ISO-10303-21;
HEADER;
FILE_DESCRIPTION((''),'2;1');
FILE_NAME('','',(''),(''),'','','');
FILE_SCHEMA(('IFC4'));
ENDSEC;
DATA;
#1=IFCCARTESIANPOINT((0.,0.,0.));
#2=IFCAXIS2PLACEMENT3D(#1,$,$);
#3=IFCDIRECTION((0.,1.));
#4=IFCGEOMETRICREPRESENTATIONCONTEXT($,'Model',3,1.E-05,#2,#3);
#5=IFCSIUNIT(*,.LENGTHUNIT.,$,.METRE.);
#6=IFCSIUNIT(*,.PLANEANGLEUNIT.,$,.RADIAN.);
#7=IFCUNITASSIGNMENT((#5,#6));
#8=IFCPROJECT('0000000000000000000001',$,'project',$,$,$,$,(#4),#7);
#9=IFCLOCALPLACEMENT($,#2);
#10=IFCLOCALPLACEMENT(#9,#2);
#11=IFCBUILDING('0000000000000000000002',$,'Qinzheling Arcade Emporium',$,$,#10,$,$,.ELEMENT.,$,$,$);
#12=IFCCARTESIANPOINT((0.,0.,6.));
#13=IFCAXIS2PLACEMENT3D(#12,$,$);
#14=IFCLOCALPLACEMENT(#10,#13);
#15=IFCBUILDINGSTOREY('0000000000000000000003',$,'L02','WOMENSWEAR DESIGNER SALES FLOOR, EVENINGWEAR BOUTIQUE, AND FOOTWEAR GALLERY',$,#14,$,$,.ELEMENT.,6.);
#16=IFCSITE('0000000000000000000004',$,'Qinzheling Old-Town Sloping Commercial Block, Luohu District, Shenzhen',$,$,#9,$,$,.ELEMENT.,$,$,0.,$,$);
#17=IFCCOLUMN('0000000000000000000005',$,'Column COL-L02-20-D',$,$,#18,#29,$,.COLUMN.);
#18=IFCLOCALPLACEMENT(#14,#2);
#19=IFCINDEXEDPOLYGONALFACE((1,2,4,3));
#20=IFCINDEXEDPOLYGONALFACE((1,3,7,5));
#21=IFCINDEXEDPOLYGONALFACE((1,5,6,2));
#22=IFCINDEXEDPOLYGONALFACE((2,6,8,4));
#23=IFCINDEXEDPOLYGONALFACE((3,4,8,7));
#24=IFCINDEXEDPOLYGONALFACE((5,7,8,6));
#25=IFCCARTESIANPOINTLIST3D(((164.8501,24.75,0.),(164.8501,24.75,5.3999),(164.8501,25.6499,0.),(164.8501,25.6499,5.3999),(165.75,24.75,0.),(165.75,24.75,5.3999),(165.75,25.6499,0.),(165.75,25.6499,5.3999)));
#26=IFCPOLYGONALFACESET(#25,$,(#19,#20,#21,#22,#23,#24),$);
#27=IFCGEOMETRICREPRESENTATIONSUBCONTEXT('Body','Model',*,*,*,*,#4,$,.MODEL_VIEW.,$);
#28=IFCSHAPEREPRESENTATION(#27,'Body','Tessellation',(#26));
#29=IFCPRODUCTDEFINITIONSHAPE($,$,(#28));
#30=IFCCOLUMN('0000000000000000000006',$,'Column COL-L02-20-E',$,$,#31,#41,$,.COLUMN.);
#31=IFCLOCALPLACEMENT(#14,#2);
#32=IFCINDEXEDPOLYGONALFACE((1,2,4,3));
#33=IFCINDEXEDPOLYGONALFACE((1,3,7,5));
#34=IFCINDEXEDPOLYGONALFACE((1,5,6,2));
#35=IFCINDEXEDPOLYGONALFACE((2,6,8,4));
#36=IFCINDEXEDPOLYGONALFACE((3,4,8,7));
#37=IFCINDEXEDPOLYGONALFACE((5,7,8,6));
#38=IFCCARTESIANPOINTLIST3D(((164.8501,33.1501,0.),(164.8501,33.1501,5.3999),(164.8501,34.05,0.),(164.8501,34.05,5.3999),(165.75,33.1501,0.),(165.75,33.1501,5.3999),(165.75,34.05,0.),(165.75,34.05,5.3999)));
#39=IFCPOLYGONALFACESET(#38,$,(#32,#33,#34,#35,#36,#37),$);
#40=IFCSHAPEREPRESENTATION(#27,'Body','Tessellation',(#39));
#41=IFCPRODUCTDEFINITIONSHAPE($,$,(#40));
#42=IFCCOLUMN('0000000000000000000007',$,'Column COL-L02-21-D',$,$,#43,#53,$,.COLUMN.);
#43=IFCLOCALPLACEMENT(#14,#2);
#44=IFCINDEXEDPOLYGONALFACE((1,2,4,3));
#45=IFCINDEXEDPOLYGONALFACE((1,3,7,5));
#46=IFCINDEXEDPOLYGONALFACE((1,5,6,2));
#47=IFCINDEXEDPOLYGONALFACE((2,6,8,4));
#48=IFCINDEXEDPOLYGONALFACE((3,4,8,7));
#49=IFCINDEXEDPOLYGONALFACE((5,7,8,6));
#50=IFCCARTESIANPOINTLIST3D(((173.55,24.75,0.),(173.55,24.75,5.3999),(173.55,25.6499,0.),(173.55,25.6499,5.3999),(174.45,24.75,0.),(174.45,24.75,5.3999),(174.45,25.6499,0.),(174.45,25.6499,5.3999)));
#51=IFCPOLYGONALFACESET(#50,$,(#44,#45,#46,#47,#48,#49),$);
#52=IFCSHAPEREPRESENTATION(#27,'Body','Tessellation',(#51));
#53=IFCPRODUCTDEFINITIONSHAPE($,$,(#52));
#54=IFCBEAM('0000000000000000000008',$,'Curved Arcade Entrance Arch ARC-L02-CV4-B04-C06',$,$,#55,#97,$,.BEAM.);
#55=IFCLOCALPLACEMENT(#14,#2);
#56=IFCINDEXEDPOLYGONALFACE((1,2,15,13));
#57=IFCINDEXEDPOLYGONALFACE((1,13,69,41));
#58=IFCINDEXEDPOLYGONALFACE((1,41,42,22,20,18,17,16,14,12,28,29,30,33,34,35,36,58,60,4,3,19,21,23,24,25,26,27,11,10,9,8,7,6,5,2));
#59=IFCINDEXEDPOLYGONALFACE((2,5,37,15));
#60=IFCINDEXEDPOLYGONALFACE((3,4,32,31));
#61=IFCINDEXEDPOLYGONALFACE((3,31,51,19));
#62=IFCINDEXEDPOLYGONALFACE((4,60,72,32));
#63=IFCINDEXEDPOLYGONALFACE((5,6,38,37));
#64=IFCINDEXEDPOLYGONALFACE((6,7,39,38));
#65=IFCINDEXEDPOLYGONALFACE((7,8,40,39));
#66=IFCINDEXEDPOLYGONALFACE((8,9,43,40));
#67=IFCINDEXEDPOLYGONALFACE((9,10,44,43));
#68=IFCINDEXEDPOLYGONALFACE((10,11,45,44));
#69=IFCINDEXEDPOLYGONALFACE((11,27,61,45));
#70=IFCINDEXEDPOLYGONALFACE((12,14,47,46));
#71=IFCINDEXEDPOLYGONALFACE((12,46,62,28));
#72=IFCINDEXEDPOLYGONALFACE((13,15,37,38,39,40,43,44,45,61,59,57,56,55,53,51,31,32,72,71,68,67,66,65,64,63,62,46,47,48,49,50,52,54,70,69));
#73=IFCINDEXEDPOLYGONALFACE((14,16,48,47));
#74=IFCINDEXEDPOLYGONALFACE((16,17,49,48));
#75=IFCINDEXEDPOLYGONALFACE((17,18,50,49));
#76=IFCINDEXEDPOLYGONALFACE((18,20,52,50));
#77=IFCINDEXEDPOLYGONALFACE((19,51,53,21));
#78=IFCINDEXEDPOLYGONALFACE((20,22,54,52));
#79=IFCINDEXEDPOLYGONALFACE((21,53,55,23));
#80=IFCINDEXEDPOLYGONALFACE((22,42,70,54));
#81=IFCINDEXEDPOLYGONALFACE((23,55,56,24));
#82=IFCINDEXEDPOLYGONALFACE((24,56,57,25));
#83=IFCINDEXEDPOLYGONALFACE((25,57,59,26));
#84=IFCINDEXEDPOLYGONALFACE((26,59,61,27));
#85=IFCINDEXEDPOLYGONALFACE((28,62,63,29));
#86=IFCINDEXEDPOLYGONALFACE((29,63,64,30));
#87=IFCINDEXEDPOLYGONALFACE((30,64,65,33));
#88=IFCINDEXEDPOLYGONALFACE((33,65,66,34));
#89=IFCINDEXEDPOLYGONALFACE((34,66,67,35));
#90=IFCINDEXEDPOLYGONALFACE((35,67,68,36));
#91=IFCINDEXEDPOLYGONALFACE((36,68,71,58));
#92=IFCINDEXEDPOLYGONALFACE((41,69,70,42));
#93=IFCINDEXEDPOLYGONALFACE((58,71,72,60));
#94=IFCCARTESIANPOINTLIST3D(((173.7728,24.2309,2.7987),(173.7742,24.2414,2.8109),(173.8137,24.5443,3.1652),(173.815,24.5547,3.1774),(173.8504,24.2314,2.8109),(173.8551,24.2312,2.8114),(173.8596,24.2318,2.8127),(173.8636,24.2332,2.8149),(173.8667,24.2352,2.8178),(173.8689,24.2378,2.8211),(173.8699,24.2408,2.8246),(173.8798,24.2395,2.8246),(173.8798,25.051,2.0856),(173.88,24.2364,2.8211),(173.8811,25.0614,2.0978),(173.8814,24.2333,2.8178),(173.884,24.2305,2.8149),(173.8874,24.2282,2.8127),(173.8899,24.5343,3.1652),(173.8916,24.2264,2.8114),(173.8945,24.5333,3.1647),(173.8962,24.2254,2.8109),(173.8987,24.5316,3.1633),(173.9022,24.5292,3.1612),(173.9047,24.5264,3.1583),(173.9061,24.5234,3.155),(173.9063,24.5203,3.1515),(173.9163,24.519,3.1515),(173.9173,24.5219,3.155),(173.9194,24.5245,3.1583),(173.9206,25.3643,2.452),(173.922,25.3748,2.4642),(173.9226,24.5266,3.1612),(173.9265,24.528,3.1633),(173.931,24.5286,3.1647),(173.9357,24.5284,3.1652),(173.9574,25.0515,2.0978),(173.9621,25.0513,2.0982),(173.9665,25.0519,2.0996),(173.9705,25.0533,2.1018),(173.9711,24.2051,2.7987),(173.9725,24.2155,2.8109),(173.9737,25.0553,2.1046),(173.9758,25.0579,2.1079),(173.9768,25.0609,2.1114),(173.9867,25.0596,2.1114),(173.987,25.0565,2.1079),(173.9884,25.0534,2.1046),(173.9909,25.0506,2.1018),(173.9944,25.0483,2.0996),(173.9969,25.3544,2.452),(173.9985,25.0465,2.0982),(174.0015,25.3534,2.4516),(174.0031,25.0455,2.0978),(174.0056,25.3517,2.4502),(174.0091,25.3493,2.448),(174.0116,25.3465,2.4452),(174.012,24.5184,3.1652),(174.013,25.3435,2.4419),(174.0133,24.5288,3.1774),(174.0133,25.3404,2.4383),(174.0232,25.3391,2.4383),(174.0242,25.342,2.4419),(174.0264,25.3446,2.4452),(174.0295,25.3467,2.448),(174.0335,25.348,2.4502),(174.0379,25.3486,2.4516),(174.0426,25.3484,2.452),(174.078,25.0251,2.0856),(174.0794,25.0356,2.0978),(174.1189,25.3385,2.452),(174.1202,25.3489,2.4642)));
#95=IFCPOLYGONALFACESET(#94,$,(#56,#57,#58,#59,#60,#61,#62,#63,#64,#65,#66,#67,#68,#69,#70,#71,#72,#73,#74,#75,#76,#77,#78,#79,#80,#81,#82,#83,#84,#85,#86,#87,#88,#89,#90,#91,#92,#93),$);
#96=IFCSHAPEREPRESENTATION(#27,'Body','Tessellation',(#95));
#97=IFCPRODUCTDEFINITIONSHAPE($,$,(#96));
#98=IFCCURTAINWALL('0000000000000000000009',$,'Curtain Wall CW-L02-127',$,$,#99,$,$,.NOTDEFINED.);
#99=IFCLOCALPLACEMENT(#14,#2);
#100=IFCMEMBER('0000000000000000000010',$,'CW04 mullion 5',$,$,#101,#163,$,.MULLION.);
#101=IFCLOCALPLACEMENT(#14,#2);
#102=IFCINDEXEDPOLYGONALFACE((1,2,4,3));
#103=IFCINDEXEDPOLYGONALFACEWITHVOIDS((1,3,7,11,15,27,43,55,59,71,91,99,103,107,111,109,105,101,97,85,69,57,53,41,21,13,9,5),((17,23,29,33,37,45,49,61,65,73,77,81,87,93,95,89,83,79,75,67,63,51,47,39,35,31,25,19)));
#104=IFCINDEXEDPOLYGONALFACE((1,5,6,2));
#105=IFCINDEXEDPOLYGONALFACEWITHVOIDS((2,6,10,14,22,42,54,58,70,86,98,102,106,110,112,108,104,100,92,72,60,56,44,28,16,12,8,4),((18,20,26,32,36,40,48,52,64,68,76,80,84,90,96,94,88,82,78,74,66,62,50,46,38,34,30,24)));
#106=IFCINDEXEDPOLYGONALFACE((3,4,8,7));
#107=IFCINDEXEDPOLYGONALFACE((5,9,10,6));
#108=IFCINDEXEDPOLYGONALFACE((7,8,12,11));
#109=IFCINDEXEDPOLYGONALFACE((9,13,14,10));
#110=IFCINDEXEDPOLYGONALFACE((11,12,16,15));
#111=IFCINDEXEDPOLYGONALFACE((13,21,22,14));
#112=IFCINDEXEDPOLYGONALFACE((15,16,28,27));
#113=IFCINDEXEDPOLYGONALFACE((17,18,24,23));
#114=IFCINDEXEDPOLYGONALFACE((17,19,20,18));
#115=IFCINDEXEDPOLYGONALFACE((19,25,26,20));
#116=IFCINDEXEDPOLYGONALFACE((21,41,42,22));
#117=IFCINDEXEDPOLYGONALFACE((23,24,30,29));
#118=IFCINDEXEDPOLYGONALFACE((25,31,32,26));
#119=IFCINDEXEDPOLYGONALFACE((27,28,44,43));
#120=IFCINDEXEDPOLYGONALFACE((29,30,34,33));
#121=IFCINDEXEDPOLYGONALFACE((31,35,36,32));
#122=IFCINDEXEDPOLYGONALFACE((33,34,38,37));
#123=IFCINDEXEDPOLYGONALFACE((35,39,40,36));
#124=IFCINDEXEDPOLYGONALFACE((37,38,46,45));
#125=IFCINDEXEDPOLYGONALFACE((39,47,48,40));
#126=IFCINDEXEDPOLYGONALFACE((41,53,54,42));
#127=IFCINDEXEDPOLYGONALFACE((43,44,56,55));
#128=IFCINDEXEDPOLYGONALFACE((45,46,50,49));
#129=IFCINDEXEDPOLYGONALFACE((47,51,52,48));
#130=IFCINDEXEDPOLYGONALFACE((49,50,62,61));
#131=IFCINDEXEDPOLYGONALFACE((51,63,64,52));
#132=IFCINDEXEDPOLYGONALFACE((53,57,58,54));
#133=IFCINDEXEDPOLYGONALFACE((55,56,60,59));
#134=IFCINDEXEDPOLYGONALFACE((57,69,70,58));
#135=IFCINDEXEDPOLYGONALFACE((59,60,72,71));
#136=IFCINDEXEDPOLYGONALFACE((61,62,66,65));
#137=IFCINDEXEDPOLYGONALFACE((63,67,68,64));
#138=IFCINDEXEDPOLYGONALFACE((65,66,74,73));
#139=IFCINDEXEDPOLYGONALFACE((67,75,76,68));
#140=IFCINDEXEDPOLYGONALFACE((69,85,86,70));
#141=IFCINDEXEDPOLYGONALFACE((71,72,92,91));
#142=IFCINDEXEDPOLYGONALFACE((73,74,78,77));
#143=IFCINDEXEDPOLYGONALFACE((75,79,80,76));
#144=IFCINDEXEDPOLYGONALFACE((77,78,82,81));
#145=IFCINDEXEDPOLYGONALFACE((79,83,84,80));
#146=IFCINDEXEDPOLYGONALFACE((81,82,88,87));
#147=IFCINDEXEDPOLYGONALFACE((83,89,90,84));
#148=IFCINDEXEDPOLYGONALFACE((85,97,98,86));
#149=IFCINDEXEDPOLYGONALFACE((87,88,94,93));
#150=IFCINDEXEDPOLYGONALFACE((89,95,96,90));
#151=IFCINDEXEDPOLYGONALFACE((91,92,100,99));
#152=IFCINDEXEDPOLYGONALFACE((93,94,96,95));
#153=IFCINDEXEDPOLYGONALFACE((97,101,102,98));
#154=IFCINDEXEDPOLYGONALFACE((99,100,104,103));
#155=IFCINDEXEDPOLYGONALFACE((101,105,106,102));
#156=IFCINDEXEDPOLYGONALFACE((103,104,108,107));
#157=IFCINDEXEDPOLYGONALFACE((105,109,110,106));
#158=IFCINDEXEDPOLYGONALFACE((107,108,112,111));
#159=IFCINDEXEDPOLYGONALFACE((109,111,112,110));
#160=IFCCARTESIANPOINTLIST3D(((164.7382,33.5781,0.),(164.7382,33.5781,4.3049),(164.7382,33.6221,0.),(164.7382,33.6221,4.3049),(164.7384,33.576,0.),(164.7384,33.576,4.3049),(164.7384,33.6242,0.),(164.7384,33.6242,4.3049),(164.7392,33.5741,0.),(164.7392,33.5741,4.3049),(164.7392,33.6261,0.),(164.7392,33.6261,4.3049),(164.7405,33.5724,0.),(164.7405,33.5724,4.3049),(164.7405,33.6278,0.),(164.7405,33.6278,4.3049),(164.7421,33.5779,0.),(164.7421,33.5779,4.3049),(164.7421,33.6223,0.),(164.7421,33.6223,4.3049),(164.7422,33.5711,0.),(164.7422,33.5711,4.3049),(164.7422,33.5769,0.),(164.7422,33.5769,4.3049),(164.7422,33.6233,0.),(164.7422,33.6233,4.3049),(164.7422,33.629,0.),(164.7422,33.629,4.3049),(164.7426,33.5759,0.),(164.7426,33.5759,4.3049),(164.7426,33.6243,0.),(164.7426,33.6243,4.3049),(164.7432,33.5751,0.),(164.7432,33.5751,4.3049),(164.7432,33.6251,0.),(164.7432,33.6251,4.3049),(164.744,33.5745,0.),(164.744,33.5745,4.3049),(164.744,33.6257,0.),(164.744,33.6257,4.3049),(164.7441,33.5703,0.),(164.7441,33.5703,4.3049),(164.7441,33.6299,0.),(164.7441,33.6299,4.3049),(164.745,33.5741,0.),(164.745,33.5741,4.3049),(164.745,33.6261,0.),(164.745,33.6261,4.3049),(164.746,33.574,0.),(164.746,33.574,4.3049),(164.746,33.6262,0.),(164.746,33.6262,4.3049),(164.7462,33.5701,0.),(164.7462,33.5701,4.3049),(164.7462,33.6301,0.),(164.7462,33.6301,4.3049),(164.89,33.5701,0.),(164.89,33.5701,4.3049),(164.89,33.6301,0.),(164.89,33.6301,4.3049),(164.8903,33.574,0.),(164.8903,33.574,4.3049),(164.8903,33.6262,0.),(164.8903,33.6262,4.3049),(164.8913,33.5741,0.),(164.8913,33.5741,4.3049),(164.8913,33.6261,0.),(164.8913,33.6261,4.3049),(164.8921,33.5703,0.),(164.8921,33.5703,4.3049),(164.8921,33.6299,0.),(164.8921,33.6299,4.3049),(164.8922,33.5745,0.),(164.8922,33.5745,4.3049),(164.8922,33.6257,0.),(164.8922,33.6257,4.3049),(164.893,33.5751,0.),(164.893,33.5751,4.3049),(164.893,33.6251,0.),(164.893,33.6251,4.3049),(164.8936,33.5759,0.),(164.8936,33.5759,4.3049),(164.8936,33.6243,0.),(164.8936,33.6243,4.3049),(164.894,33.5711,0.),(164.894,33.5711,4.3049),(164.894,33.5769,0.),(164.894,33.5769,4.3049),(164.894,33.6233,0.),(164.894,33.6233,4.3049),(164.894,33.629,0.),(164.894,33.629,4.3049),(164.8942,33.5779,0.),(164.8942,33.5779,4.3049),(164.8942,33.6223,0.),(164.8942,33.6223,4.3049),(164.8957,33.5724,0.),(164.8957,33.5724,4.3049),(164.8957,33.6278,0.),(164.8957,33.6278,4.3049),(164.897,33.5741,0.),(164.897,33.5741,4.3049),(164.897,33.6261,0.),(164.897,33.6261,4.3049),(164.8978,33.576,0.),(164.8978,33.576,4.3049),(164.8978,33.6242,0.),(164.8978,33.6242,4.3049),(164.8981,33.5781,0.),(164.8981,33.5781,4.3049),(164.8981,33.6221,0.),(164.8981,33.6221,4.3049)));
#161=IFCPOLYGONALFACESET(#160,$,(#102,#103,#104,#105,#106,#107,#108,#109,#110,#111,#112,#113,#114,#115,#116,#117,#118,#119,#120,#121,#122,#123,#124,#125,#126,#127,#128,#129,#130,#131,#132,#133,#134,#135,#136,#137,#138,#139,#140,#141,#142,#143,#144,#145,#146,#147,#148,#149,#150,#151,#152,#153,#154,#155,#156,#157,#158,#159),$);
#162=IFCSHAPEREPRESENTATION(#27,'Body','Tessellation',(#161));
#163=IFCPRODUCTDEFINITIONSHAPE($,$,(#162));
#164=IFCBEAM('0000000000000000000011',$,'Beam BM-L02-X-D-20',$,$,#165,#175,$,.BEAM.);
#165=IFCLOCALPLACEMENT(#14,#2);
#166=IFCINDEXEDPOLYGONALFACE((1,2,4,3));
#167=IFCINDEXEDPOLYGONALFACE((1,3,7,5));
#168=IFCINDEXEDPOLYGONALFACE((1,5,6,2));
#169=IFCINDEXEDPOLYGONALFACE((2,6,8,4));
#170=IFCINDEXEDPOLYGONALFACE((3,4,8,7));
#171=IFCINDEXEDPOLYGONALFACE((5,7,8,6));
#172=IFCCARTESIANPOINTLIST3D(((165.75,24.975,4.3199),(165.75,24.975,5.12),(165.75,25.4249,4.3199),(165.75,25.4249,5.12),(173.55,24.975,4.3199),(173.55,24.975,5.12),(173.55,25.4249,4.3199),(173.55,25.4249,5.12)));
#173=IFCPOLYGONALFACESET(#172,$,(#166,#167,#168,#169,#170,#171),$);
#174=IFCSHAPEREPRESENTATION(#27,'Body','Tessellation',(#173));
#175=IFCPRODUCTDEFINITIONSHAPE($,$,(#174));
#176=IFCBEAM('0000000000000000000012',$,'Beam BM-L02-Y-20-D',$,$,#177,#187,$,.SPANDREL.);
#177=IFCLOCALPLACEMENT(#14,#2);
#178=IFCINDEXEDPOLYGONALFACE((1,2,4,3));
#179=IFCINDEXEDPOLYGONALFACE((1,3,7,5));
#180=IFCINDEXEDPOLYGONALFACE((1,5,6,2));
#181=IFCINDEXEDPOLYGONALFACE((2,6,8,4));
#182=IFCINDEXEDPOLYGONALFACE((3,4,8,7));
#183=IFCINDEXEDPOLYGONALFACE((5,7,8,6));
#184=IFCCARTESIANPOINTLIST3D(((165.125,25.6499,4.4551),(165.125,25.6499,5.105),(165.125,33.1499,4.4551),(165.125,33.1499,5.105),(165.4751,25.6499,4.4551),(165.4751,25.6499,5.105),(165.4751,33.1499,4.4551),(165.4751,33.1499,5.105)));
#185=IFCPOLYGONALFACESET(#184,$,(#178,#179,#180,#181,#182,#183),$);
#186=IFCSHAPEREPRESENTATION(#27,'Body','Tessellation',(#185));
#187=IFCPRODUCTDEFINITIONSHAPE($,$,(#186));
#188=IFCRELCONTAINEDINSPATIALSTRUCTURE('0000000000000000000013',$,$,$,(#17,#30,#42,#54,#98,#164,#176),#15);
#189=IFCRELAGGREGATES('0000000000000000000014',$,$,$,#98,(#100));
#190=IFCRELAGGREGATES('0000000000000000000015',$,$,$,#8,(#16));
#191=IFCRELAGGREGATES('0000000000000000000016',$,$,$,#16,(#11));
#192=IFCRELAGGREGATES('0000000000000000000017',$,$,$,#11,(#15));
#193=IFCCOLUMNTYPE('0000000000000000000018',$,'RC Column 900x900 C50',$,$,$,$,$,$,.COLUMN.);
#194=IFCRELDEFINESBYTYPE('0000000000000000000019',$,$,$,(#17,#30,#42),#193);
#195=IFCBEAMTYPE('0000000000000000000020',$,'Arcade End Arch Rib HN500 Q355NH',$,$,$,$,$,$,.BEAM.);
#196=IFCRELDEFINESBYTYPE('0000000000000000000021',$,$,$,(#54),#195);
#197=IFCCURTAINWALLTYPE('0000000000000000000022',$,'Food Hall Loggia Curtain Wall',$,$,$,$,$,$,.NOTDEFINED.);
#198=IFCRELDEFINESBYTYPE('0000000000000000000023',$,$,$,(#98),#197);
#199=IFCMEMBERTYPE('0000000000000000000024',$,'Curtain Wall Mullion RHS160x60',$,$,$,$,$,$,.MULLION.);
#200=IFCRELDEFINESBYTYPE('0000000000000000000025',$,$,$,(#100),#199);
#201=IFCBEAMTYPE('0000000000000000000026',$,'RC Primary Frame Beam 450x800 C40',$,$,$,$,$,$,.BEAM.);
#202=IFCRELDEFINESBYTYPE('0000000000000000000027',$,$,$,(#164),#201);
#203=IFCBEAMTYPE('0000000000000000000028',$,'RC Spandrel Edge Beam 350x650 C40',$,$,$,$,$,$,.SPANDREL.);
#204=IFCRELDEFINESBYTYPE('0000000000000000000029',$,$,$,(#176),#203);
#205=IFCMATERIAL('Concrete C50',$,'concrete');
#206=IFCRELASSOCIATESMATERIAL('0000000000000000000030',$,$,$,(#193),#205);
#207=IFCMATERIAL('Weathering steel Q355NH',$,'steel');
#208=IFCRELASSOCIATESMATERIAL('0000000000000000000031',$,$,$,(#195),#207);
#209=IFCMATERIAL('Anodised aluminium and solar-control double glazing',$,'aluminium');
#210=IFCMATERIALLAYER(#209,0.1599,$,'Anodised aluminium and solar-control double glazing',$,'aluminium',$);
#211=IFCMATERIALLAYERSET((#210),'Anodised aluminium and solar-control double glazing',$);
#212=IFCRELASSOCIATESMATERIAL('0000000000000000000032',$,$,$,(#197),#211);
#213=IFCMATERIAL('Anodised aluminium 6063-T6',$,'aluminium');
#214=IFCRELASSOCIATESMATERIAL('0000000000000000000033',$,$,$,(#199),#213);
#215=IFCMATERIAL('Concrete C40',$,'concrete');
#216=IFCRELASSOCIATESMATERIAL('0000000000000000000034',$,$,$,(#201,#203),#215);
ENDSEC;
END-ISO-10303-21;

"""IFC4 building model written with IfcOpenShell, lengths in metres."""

from ifc_helpers import new_model, si_unit, direction, frame, origin, origin_2d, place, context, subcontext, project, spatial, rectangle, hollow_rectangle, i_section, extrude, material, layer, layer_set, material_profile, profile_set, type_object, element, aggregate, save


model = new_model("IFC4")

# Units and contexts
model_context = context("Model", 3, precision=1e-05, world=origin(), true_north=direction((0.0, 1.0)))
body_context = subcontext(model_context, "Body", "Model", "MODEL_VIEW")
ifc_project = project(units=[si_unit("LENGTHUNIT", "METRE"), si_unit("PLANEANGLEUNIT", "RADIAN")], contexts=[model_context])

# Site, building, storey
site_placement = place(None, origin())
site = spatial("IfcSite", under=ifc_project, at=site_placement, Name="Qinzheling Old-Town Sloping Commercial Block, Luohu District, Shenzhen", CompositionType="ELEMENT", RefElevation=0.0)
building_placement = place(site_placement, origin())
building = spatial("IfcBuilding", under=site, at=building_placement, Name="Qinzheling Arcade Emporium", CompositionType="ELEMENT")
storey_placement = place(building_placement, frame((0.0, 0.0, 6.0)))
storey = spatial("IfcBuildingStorey", under=building, at=storey_placement, Name="L02", Description="WOMENSWEAR DESIGNER SALES FLOOR, EVENINGWEAR BOUTIQUE, AND FOOTWEAR GALLERY", CompositionType="ELEMENT", Elevation=6.0)

# Columns
ifc_material_1 = material(Name="Concrete C50", Category="concrete")
ifc_material_profile_1 = material_profile(ifc_material_1, rectangle(XDim=0.8999, YDim=0.8999, at=origin_2d()), Name="RC 900x900", Category="concrete")
ifc_profile_set_1 = profile_set([ifc_material_profile_1], Name="Concrete C50")
column_type = type_object("IfcColumnType", Name="RC Column 900x900 C50", PredefinedType="COLUMN", material=ifc_profile_set_1)
for number, where, z_axis, x_axis, name in (
    (1, (165.3, 25.2, 0.0), (0.0, 0.0, 1.0), (1.0, 0.0, 0.0), "Column COL-L02-20-D"),
    (2, (165.3, 33.6001, 0.0), (0.0, 0.0, 1.0), (1.0, 0.0, 0.0), "Column COL-L02-20-E"),
    (3, (174.0, 25.2, 0.0), (0.0, 0.0, 1.0), (1.0, 0.0, 0.0), "Column COL-L02-21-D"),
):
    element("IfcColumn", number, at=place(storey_placement, frame(where, z_axis=z_axis, x_axis=x_axis)), inside=storey, type_object=column_type, Name=name, PredefinedType="COLUMN", context=body_context, shape_type="SweptSolid", body=[
        extrude(rectangle(XDim=0.8999, YDim=0.8999, at=origin_2d()), origin(), (0.0, 0.0, 1.0), 5.3999),
    ])

# Beam
ifc_material_2 = material(Name="Weathering steel Q355NH", Category="steel")
ifc_material_profile_2 = material_profile(ifc_material_2, i_section(OverallWidth=0.2, OverallDepth=0.5, WebThickness=0.01, FlangeThickness=0.0161, FilletRadius=0.0181, at=origin_2d()), Name="HN 500x200x10x16", Category="steel")
ifc_profile_set_2 = profile_set([ifc_material_profile_2], Name="Weathering steel Q355NH")
beam_type_1 = type_object("IfcBeamType", Name="Arcade End Arch Rib HN500 Q355NH", PredefinedType="BEAM", material=ifc_profile_set_2)
beam_1_placement = place(storey_placement, frame((173.8931, 24.3799, 2.988), z_axis=(0.097923, 0.750964, -0.653042), x_axis=(-0.991605, 0.129301, 0.0)))
element("IfcBeam", 4, at=beam_1_placement, inside=storey, type_object=beam_type_1, Name="Curved Arcade Entrance Arch ARC-L02-CV4-B04-C06", PredefinedType="BEAM", context=body_context, shape_type="SweptSolid", body=[
    extrude(i_section(OverallWidth=0.2, OverallDepth=0.5, WebThickness=0.01, FlangeThickness=0.0161, FilletRadius=0.0181, at=origin_2d()), origin(), (0.0, 0.0, 1.0), 1.092),
])

# Curtain wall, member
ifc_material_3 = material(Name="Anodised aluminium and solar-control double glazing", Category="aluminium")
ifc_layer_1 = layer(ifc_material_3, 0.1599, Name="Anodised aluminium and solar-control double glazing", Category="aluminium")
ifc_layer_set_1 = layer_set([ifc_layer_1], Name="Anodised aluminium and solar-control double glazing")
curtain_wall_type = type_object("IfcCurtainWallType", Name="Food Hall Loggia Curtain Wall", PredefinedType="NOTDEFINED", material=ifc_layer_set_1)
curtain_wall_placement = place(storey_placement, origin())
curtain_wall = element("IfcCurtainWall", 5, at=curtain_wall_placement, inside=storey, type_object=curtain_wall_type, Name="Curtain Wall CW-L02-127", PredefinedType="NOTDEFINED")
ifc_material_4 = material(Name="Anodised aluminium 6063-T6", Category="aluminium")
ifc_material_profile_3 = material_profile(ifc_material_4, hollow_rectangle(XDim=0.0601, YDim=0.1599, WallThickness=0.0039, InnerFilletRadius=0.0039, OuterFilletRadius=0.0081, at=origin_2d()), Name="RHS 160x60x4", Category="aluminium")
ifc_profile_set_3 = profile_set([ifc_material_profile_3], Name="Anodised aluminium 6063-T6")
member_type = type_object("IfcMemberType", Name="Curtain Wall Mullion RHS160x60", PredefinedType="MULLION", material=ifc_profile_set_3)
member_placement = place(storey_placement, frame((164.8181, 33.6001, 0.0), z_axis=(0.0, 0.0, 1.0), x_axis=(0.0, 1.0, 0.0)))
member = element("IfcMember", 6, at=member_placement, type_object=member_type, Name="CW04 mullion 5", PredefinedType="MULLION", context=body_context, shape_type="SweptSolid", body=[
    extrude(hollow_rectangle(XDim=0.0601, YDim=0.1599, WallThickness=0.0039, InnerFilletRadius=0.0039, OuterFilletRadius=0.0081, at=origin_2d()), origin(), (0.0, 0.0, 1.0), 4.3049),
])

# Beams
ifc_material_5 = material(Name="Concrete C40", Category="concrete")
ifc_material_profile_4 = material_profile(ifc_material_5, rectangle(XDim=0.45, YDim=0.8, at=origin_2d()), Name="RC 450x800", Category="concrete")
ifc_profile_set_4 = profile_set([ifc_material_profile_4], Name="Concrete C40")
beam_type_2 = type_object("IfcBeamType", Name="RC Primary Frame Beam 450x800 C40", PredefinedType="BEAM", material=ifc_profile_set_4)
beam_2_placement = place(storey_placement, frame((165.75, 25.2, 4.72), z_axis=(1.0, 0.0, 0.0), x_axis=(0.0, 1.0, 0.0)))
element("IfcBeam", 7, at=beam_2_placement, inside=storey, type_object=beam_type_2, Name="Beam BM-L02-X-D-20", PredefinedType="BEAM", context=body_context, shape_type="SweptSolid", body=[
    extrude(rectangle(XDim=0.45, YDim=0.8, at=origin_2d()), origin(), (0.0, 0.0, 1.0), 7.8),
])
ifc_material_profile_5 = material_profile(ifc_material_5, rectangle(XDim=0.3501, YDim=0.6499, at=origin_2d()), Name="RC 350x650", Category="concrete")
ifc_profile_set_5 = profile_set([ifc_material_profile_5], Name="Concrete C40")
beam_type_3 = type_object("IfcBeamType", Name="RC Spandrel Edge Beam 350x650 C40", PredefinedType="SPANDREL", material=ifc_profile_set_5)
beam_3_placement = place(storey_placement, frame((165.3, 25.6499, 4.78), z_axis=(0.0, 1.0, 0.0), x_axis=(-1.0, 0.0, 0.0)))
element("IfcBeam", 8, at=beam_3_placement, inside=storey, type_object=beam_type_3, Name="Beam BM-L02-Y-20-D", PredefinedType="SPANDREL", context=body_context, shape_type="SweptSolid", body=[
    extrude(rectangle(XDim=0.3501, YDim=0.6499, at=origin_2d()), origin(), (0.0, 0.0, 1.0), 7.5),
])

aggregate(curtain_wall, [member])

save(model, "model.ifc")
